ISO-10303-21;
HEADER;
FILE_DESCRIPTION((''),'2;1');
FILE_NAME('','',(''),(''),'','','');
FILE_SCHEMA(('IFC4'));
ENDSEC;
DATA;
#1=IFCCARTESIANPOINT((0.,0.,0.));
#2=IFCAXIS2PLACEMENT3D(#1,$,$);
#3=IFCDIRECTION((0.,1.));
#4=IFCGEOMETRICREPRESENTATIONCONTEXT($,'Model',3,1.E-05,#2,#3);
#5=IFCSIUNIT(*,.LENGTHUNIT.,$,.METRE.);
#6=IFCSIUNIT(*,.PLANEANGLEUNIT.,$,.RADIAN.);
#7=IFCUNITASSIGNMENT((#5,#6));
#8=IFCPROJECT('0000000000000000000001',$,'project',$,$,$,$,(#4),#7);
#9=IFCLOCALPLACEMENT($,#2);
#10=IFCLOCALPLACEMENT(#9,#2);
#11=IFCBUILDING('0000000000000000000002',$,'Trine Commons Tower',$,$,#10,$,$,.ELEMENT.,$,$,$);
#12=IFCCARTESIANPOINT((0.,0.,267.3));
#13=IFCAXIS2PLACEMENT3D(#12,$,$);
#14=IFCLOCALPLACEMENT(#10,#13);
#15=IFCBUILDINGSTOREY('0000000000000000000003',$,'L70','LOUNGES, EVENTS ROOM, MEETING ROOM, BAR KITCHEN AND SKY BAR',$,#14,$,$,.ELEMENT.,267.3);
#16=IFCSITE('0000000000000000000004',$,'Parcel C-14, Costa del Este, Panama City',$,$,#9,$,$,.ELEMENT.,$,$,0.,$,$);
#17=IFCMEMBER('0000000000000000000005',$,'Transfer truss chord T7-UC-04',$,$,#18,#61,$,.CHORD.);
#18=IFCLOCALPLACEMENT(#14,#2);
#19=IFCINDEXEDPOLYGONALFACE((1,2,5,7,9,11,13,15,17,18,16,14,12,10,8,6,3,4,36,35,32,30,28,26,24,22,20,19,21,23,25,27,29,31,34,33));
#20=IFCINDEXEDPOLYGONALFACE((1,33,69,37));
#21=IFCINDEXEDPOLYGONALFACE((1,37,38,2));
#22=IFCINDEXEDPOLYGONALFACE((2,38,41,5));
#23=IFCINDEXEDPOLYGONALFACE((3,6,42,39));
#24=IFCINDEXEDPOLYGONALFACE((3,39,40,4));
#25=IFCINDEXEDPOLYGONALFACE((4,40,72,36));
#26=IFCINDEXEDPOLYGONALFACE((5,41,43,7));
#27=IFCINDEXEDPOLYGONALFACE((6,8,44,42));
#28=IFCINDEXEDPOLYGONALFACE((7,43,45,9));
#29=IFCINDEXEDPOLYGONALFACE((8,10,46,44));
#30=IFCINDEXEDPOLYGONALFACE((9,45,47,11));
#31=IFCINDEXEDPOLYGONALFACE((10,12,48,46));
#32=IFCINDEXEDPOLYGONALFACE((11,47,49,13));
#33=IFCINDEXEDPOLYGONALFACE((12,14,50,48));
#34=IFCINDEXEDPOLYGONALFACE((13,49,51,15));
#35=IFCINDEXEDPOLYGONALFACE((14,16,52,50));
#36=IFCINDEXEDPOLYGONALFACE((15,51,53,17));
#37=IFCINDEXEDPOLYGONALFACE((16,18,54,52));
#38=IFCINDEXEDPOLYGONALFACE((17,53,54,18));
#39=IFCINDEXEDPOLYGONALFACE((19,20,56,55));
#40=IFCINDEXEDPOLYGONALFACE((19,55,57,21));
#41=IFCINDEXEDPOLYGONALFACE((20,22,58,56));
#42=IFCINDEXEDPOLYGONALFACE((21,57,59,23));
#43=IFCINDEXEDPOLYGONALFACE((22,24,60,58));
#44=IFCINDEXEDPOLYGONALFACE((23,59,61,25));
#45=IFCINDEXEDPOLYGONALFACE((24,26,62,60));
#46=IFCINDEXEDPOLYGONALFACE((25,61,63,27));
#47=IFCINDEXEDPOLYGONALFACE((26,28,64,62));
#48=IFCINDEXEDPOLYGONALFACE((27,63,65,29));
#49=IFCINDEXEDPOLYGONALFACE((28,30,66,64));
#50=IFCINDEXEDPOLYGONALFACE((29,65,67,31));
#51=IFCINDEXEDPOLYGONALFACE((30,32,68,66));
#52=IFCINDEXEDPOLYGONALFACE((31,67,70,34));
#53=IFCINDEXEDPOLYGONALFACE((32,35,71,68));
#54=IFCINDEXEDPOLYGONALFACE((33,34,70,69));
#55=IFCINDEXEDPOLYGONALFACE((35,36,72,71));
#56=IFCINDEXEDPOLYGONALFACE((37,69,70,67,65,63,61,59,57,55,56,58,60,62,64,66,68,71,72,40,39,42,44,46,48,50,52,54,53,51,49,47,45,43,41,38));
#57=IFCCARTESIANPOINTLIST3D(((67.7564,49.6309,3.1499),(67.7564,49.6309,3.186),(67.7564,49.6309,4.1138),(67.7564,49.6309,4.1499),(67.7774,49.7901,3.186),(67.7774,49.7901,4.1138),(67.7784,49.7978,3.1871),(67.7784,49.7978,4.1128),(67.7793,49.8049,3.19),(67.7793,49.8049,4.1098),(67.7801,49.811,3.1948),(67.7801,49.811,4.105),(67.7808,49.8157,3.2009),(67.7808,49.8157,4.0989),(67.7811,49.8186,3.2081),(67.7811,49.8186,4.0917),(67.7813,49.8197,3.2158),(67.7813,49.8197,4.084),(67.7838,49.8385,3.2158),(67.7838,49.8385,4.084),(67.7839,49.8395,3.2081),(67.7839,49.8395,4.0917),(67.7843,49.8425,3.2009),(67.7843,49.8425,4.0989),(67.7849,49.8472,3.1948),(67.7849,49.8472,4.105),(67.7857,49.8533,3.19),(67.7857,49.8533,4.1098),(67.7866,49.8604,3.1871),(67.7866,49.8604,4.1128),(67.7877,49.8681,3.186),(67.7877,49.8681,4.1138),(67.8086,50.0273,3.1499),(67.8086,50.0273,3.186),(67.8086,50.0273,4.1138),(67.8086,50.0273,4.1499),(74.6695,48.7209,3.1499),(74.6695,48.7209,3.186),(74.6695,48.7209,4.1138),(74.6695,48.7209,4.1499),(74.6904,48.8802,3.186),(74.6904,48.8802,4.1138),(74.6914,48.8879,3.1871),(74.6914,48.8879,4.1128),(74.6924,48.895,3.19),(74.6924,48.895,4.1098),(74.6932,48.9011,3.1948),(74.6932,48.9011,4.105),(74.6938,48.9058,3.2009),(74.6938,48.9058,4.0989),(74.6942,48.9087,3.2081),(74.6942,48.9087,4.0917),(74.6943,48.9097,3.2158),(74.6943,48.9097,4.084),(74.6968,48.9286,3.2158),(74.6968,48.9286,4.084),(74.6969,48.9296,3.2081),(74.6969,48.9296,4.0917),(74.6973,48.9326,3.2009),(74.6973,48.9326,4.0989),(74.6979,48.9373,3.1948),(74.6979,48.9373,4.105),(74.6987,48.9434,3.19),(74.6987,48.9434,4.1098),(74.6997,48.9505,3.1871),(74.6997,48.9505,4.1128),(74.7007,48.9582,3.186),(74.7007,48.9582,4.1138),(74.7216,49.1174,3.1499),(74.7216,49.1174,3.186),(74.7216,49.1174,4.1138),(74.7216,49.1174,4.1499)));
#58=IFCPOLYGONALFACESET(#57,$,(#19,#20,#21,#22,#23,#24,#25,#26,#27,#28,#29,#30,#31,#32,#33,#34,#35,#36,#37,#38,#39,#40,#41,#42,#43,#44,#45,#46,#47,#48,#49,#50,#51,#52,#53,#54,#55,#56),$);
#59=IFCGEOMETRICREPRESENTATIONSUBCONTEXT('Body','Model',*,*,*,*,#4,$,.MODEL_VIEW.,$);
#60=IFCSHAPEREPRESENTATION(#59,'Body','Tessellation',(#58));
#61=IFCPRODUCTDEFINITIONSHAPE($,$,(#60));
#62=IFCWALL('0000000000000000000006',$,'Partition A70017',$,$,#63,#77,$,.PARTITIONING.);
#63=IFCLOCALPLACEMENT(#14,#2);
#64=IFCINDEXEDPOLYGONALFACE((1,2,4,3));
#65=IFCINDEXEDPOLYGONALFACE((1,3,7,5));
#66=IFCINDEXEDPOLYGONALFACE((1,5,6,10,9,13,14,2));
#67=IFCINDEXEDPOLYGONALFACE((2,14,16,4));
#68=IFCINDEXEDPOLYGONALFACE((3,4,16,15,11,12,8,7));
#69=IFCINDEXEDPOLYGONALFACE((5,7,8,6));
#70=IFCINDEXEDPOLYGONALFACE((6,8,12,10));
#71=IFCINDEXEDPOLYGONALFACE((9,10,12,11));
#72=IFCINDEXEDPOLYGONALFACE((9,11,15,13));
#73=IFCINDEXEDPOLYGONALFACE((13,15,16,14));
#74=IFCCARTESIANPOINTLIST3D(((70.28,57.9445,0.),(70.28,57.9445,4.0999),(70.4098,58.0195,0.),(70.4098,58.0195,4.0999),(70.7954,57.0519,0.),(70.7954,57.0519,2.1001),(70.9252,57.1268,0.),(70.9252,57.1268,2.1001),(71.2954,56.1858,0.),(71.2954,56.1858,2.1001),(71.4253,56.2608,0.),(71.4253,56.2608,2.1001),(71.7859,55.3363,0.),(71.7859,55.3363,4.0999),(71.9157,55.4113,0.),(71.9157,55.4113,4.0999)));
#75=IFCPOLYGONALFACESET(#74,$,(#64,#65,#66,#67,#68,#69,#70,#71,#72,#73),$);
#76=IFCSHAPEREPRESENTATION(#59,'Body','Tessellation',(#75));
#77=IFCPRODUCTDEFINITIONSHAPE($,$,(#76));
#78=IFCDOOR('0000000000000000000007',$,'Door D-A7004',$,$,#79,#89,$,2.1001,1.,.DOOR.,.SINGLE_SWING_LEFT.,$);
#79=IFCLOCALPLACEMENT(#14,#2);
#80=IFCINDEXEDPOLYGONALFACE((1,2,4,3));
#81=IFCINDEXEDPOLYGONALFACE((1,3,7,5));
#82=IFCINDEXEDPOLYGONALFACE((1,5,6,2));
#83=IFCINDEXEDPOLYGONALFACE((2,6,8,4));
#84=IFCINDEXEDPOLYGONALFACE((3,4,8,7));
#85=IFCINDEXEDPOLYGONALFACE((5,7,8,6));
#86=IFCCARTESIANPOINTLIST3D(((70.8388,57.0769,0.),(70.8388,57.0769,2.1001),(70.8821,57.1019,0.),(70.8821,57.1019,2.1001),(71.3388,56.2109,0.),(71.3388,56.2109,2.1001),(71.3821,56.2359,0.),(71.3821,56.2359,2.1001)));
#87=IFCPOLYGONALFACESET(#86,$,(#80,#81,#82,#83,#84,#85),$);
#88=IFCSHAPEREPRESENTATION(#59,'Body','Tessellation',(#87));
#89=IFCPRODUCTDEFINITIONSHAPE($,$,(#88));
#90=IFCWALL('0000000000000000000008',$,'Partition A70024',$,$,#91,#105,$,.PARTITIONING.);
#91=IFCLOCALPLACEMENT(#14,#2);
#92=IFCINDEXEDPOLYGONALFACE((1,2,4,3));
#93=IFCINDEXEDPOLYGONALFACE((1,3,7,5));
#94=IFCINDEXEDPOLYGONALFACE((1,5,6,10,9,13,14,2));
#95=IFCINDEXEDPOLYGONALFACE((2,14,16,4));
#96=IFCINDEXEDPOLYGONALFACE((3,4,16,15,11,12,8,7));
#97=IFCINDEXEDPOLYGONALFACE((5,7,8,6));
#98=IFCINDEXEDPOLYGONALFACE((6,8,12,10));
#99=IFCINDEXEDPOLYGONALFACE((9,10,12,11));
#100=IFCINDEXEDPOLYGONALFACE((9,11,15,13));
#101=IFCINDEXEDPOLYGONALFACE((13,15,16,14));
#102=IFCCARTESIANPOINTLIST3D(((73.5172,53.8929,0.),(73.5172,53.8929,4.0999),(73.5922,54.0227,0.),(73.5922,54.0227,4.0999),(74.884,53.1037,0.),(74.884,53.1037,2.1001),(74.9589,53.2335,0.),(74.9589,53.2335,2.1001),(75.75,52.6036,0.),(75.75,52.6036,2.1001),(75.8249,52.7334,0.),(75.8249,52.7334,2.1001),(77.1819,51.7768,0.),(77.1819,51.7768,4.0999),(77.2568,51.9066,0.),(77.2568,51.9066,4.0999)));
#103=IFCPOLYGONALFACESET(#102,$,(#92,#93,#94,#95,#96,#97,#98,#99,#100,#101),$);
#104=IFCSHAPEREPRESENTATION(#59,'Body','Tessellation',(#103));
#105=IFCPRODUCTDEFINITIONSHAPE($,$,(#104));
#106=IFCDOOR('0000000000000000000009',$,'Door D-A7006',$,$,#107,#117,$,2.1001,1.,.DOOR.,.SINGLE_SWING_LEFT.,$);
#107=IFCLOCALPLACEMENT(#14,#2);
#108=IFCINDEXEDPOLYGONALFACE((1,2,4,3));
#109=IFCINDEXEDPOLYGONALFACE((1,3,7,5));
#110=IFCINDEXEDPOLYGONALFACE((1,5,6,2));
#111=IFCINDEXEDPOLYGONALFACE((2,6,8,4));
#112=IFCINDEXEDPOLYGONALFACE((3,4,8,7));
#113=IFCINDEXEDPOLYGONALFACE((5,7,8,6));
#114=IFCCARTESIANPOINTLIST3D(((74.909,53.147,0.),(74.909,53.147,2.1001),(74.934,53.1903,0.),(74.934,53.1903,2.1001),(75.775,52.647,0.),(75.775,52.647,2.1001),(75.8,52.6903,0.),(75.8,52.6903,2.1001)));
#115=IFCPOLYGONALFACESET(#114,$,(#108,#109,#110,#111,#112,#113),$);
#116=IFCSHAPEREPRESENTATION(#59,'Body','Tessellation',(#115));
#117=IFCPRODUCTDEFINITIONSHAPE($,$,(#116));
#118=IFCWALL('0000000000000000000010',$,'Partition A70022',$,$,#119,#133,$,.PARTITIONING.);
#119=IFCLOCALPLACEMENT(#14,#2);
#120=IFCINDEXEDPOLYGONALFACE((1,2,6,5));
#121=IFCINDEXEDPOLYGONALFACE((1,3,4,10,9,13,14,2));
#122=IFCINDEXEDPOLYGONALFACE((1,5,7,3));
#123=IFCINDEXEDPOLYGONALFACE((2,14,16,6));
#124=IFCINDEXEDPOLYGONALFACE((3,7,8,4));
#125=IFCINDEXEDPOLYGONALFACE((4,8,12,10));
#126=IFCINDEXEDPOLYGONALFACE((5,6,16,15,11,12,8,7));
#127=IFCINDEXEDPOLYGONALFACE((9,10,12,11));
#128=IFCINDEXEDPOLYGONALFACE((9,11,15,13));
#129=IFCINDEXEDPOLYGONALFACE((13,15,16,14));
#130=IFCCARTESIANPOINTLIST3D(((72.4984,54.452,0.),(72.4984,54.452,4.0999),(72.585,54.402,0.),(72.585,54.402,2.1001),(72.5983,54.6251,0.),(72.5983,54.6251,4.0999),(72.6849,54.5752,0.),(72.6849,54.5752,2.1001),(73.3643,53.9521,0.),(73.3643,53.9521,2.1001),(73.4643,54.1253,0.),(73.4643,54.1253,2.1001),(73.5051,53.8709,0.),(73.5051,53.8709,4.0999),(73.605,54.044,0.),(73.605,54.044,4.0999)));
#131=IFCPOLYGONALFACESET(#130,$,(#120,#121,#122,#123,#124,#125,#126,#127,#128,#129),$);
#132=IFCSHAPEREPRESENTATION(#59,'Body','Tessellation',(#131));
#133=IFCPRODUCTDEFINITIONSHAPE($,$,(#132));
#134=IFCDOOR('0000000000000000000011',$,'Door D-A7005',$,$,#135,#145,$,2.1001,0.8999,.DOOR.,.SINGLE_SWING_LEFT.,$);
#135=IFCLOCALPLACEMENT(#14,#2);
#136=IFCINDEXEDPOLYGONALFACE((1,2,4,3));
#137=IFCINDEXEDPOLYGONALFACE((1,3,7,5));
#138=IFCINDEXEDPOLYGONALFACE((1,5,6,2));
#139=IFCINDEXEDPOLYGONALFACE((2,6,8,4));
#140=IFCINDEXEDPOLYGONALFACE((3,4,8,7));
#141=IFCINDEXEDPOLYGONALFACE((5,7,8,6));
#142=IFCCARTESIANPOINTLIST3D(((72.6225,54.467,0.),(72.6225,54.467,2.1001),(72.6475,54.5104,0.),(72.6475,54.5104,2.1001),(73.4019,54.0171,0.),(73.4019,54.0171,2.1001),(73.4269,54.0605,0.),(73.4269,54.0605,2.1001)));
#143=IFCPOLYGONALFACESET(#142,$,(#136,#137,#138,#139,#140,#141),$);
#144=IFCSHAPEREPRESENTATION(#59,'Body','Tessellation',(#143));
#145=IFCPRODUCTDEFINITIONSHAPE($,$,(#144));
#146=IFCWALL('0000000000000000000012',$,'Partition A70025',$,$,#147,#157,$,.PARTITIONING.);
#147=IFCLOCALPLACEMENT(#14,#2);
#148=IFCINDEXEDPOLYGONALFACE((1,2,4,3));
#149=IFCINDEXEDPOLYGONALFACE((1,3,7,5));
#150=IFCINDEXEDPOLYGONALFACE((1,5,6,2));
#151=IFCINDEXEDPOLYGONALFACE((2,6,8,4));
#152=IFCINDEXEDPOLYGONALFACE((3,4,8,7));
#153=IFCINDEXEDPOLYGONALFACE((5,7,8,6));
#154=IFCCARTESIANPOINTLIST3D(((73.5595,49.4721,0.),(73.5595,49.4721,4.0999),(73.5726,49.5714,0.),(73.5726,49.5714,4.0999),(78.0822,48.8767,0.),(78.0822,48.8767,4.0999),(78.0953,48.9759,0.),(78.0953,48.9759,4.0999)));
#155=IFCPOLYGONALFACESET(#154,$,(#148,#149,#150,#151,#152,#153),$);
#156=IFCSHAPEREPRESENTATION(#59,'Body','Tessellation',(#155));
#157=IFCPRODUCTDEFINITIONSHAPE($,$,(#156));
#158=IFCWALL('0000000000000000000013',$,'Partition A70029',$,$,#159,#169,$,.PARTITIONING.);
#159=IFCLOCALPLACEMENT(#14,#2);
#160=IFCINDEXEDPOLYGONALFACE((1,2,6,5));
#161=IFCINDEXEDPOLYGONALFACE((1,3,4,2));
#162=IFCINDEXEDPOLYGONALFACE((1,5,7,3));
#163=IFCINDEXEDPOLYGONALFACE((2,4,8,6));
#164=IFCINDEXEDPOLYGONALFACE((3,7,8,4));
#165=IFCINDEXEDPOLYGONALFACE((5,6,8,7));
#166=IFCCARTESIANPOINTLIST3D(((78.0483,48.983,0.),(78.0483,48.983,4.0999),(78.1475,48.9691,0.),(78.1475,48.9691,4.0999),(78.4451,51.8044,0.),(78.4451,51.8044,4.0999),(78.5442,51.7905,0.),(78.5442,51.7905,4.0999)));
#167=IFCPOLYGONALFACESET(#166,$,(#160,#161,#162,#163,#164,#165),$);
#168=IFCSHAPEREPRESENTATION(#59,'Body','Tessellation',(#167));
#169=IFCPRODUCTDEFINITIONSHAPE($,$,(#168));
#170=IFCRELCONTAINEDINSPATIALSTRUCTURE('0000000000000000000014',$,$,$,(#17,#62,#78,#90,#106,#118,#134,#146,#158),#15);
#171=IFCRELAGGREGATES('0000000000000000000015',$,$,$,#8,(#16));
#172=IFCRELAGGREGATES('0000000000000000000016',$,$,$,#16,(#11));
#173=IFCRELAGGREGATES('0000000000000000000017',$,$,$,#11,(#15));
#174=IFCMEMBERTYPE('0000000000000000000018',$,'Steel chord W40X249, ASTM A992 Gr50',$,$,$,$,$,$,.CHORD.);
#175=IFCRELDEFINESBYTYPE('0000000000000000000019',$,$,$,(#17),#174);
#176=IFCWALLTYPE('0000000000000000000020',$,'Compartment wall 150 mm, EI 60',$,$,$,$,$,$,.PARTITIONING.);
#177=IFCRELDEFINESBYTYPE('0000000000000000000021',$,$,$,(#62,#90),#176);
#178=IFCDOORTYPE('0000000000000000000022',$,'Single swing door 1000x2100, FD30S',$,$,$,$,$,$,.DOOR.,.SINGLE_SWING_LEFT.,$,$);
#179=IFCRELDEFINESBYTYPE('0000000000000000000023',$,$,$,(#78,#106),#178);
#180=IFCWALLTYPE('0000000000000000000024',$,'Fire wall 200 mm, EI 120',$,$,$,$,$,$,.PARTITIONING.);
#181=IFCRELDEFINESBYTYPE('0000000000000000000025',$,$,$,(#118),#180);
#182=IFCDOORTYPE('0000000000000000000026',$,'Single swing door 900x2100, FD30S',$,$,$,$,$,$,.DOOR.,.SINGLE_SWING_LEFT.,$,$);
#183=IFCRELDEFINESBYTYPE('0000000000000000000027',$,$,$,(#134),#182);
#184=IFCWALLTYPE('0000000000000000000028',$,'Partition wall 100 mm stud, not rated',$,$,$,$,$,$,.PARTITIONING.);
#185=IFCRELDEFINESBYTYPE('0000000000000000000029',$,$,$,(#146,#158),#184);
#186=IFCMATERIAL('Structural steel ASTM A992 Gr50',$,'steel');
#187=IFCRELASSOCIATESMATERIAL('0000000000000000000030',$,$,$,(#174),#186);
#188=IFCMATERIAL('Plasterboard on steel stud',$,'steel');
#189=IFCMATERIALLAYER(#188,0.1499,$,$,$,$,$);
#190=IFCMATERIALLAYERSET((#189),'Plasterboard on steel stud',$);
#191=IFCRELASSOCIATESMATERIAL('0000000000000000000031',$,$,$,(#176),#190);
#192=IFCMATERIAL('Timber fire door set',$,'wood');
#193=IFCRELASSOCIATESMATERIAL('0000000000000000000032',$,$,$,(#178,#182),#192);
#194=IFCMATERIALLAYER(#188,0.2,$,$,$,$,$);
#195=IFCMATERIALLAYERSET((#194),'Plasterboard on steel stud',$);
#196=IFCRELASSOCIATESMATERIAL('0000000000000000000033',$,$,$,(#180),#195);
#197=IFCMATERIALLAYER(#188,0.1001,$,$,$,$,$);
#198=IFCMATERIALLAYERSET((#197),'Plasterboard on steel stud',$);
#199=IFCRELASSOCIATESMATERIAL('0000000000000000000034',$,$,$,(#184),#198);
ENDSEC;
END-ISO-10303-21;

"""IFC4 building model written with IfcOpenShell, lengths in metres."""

from ifc_helpers import new_model, si_unit, direction, frame, frame_2d, origin, origin_2d, place, context, subcontext, project, spatial, rectangle, i_section, extrude, material, layer, layer_set, material_profile, profile_set, type_object, element, fill, save


model = new_model("IFC4")

# Units and contexts
model_context = context("Model", 3, precision=1e-05, world=origin(), true_north=direction((0.0, 1.0)))
body_context = subcontext(model_context, "Body", "Model", "MODEL_VIEW")
ifc_project = project(units=[si_unit("LENGTHUNIT", "METRE"), si_unit("PLANEANGLEUNIT", "RADIAN")], contexts=[model_context])

# Site, building, storey
site_placement = place(None, origin())
site = spatial("IfcSite", under=ifc_project, at=site_placement, Name="Parcel C-14, Costa del Este, Panama City", CompositionType="ELEMENT", RefElevation=0.0)
building_placement = place(site_placement, origin())
building = spatial("IfcBuilding", under=site, at=building_placement, Name="Trine Commons Tower", CompositionType="ELEMENT")
storey_placement = place(building_placement, frame((0.0, 0.0, 267.3)))
storey = spatial("IfcBuildingStorey", under=building, at=storey_placement, Name="L70", Description="LOUNGES, EVENTS ROOM, MEETING ROOM, BAR KITCHEN AND SKY BAR", CompositionType="ELEMENT", Elevation=267.3)

# Member
ifc_material_1 = material(Name="Structural steel ASTM A992 Gr50", Category="steel")
ifc_material_profile_1 = material_profile(ifc_material_1, i_section(OverallWidth=0.3999, OverallDepth=1.0, WebThickness=0.019, FlangeThickness=0.0361, FilletRadius=0.0298, at=origin_2d()), Name="W40X249")
ifc_profile_set_1 = profile_set([ifc_material_profile_1], Name="Structural steel ASTM A992 Gr50")
member_type_1 = type_object("IfcMemberType", Name="Steel chord W40X249, ASTM A992 Gr50", PredefinedType="CHORD", material=ifc_profile_set_1)
member_1_placement = place(storey_placement, frame((74.6956, 48.9192, 3.6499), z_axis=(-0.991449, 0.130496, 0.0), x_axis=(-0.130496, -0.991449, 0.0)))
element("IfcMember", 1, at=member_1_placement, inside=storey, type_object=member_type_1, Name="Transfer truss chord T7-UC-04", PredefinedType="CHORD", context=body_context, shape_type="SweptSolid", body=[
    extrude(i_section(OverallWidth=0.3999, OverallDepth=1.0, WebThickness=0.019, FlangeThickness=0.0361, FilletRadius=0.0298, at=origin_2d()), origin(), (0.0, 0.0, 1.0), 6.9727),
])

# Walls, openings, doors
ifc_material_2 = material(Name="Plasterboard on steel stud", Category="steel")
ifc_layer_1 = layer(ifc_material_2, 0.1499)
ifc_layer_set_1 = layer_set([ifc_layer_1], Name="Plasterboard on steel stud")
wall_type_1 = type_object("IfcWallType", Name="Compartment wall 150 mm, EI 60", PredefinedType="PARTITIONING", material=ifc_layer_set_1)
wall_1_placement = place(storey_placement, frame((71.8508, 55.3738, 0.0), z_axis=(0.0, 0.0, 1.0), x_axis=(-0.50001, 0.86602, 0.0)))
wall_1 = element("IfcWall", 2, at=wall_1_placement, inside=storey, type_object=wall_type_1, Name="Partition A70017", PredefinedType="PARTITIONING", context=body_context, shape_type="SweptSolid", body=[
    extrude(rectangle(XDim=3.0117, YDim=0.1499, at=frame_2d((1.5059, 0.0))), origin(), (0.0, 0.0, 1.0), 4.0999),
])
opening_1_placement = place(wall_1_placement, frame((0.981, 0.0, 0.0)))
opening_1 = element("IfcOpeningElement", 3, at=opening_1_placement, cuts=wall_1, PredefinedType="OPENING", context=body_context, shape_type="SweptSolid", body=[
    extrude(rectangle(XDim=1.0, YDim=2.1001, at=frame_2d((0.5, 1.05))), frame((0.0, 0.085, 0.0), z_axis=(0.0, -1.0, 0.0), x_axis=(1.0, 0.0, 0.0)), (0.0, 0.0, 1.0), 0.1699),
])
ifc_material_3 = material(Name="Timber fire door set", Category="wood")
door_type_1 = type_object("IfcDoorType", Name="Single swing door 1000x2100, FD30S", OperationType="SINGLE_SWING_LEFT", PredefinedType="DOOR", material=ifc_material_3)
door_1_placement = place(opening_1_placement, origin())
door_1 = element("IfcDoor", 4, at=door_1_placement, inside=storey, type_object=door_type_1, Name="Door D-A7004", OperationType="SINGLE_SWING_LEFT", OverallHeight=2.1001, OverallWidth=1.0, PredefinedType="DOOR", context=body_context, shape_type="SweptSolid", body=[
    extrude(rectangle(XDim=1.0, YDim=2.1001, at=frame_2d((0.5, 1.05))), frame((0.0, 0.0249, 0.0), z_axis=(0.0, -1.0, 0.0), x_axis=(1.0, 0.0, 0.0)), (0.0, 0.0, 1.0), 0.05),
])
fill(opening_1, door_1)
wall_2_placement = place(storey_placement, frame((77.2192, 51.8418, 0.0), z_axis=(0.0, 0.0, 1.0), x_axis=(-0.866001, 0.500042, 0.0)))
wall_2 = element("IfcWall", 5, at=wall_2_placement, inside=storey, type_object=wall_type_1, Name="Partition A70024", PredefinedType="PARTITIONING", context=body_context, shape_type="SweptSolid", body=[
    extrude(rectangle(XDim=4.2317, YDim=0.1499, at=frame_2d((2.1157, 0.0))), origin(), (0.0, 0.0, 1.0), 4.0999),
])
opening_2_placement = place(wall_2_placement, frame((1.6533, 0.0, 0.0)))
opening_2 = element("IfcOpeningElement", 6, at=opening_2_placement, cuts=wall_2, PredefinedType="OPENING", context=body_context, shape_type="SweptSolid", body=[
    extrude(rectangle(XDim=1.0, YDim=2.1001, at=frame_2d((0.5, 1.05))), frame((0.0, 0.085, 0.0), z_axis=(0.0, -1.0, 0.0), x_axis=(1.0, 0.0, 0.0)), (0.0, 0.0, 1.0), 0.1699),
])
door_2_placement = place(opening_2_placement, origin())
door_2 = element("IfcDoor", 7, at=door_2_placement, inside=storey, type_object=door_type_1, Name="Door D-A7006", OperationType="SINGLE_SWING_LEFT", OverallHeight=2.1001, OverallWidth=1.0, PredefinedType="DOOR", context=body_context, shape_type="SweptSolid", body=[
    extrude(rectangle(XDim=1.0, YDim=2.1001, at=frame_2d((0.5, 1.05))), frame((0.0, 0.0249, 0.0), z_axis=(0.0, -1.0, 0.0), x_axis=(1.0, 0.0, 0.0)), (0.0, 0.0, 1.0), 0.05),
])
fill(opening_2, door_2)
ifc_layer_2 = layer(ifc_material_2, 0.2)
ifc_layer_set_2 = layer_set([ifc_layer_2], Name="Plasterboard on steel stud")
wall_type_2 = type_object("IfcWallType", Name="Fire wall 200 mm, EI 120", PredefinedType="PARTITIONING", material=ifc_layer_set_2)
wall_3_placement = place(storey_placement, frame((73.5549, 53.9575, 0.0), z_axis=(0.0, 0.0, 1.0), x_axis=(-0.866063, 0.499935, 0.0)))
wall_3 = element("IfcWall", 8, at=wall_3_placement, inside=storey, type_object=wall_type_2, Name="Partition A70022", PredefinedType="PARTITIONING", context=body_context, shape_type="SweptSolid", body=[
    extrude(rectangle(XDim=1.1624, YDim=0.2, at=frame_2d((0.5811, 0.0))), origin(), (0.0, 0.0, 1.0), 4.0999),
])
opening_3_placement = place(wall_3_placement, frame((0.1624, 0.0, 0.0)))
opening_3 = element("IfcOpeningElement", 9, at=opening_3_placement, cuts=wall_3, PredefinedType="OPENING", context=body_context, shape_type="SweptSolid", body=[
    extrude(rectangle(XDim=0.8999, YDim=2.1001, at=frame_2d((0.45, 1.05))), frame((0.0, 0.1099, 0.0), z_axis=(0.0, -1.0, 0.0), x_axis=(1.0, 0.0, 0.0)), (0.0, 0.0, 1.0), 0.22),
])
door_type_2 = type_object("IfcDoorType", Name="Single swing door 900x2100, FD30S", OperationType="SINGLE_SWING_LEFT", PredefinedType="DOOR", material=ifc_material_3)
door_3_placement = place(opening_3_placement, origin())
door_3 = element("IfcDoor", 10, at=door_3_placement, inside=storey, type_object=door_type_2, Name="Door D-A7005", OperationType="SINGLE_SWING_LEFT", OverallHeight=2.1001, OverallWidth=0.8999, PredefinedType="DOOR", context=body_context, shape_type="SweptSolid", body=[
    extrude(rectangle(XDim=0.8999, YDim=2.1001, at=frame_2d((0.45, 1.05))), frame((0.0, 0.0249, 0.0), z_axis=(0.0, -1.0, 0.0), x_axis=(1.0, 0.0, 0.0)), (0.0, 0.0, 1.0), 0.05),
])
fill(opening_3, door_3)

# Walls
ifc_layer_3 = layer(ifc_material_2, 0.1001)
ifc_layer_set_3 = layer_set([ifc_layer_3], Name="Plasterboard on steel stud")
wall_type_3 = type_object("IfcWallType", Name="Partition wall 100 mm stud, not rated", PredefinedType="PARTITIONING", material=ifc_layer_set_3)
wall_4_placement = place(storey_placement, frame((73.5662, 49.5217, 0.0), z_axis=(0.0, 0.0, 1.0), x_axis=(0.991444, -0.130533, 0.0)))
element("IfcWall", 11, at=wall_4_placement, inside=storey, type_object=wall_type_3, Name="Partition A70025", PredefinedType="PARTITIONING", context=body_context, shape_type="SweptSolid", body=[
    extrude(rectangle(XDim=4.5618, YDim=0.1001, at=frame_2d((2.2808, 0.0))), origin(), (0.0, 0.0, 1.0), 4.0999),
])
wall_5_placement = place(storey_placement, frame((78.0979, 48.9761, 0.0), z_axis=(0.0, 0.0, 1.0), x_axis=(0.13925, 0.990257, 0.0)))
element("IfcWall", 12, at=wall_5_placement, inside=storey, type_object=wall_type_3, Name="Partition A70029", PredefinedType="PARTITIONING", context=body_context, shape_type="SweptSolid", body=[
    extrude(rectangle(XDim=2.8491, YDim=0.1001, at=frame_2d((1.4246, 0.0))), origin(), (0.0, 0.0, 1.0), 4.0999),
])

save(model, "model.ifc")
